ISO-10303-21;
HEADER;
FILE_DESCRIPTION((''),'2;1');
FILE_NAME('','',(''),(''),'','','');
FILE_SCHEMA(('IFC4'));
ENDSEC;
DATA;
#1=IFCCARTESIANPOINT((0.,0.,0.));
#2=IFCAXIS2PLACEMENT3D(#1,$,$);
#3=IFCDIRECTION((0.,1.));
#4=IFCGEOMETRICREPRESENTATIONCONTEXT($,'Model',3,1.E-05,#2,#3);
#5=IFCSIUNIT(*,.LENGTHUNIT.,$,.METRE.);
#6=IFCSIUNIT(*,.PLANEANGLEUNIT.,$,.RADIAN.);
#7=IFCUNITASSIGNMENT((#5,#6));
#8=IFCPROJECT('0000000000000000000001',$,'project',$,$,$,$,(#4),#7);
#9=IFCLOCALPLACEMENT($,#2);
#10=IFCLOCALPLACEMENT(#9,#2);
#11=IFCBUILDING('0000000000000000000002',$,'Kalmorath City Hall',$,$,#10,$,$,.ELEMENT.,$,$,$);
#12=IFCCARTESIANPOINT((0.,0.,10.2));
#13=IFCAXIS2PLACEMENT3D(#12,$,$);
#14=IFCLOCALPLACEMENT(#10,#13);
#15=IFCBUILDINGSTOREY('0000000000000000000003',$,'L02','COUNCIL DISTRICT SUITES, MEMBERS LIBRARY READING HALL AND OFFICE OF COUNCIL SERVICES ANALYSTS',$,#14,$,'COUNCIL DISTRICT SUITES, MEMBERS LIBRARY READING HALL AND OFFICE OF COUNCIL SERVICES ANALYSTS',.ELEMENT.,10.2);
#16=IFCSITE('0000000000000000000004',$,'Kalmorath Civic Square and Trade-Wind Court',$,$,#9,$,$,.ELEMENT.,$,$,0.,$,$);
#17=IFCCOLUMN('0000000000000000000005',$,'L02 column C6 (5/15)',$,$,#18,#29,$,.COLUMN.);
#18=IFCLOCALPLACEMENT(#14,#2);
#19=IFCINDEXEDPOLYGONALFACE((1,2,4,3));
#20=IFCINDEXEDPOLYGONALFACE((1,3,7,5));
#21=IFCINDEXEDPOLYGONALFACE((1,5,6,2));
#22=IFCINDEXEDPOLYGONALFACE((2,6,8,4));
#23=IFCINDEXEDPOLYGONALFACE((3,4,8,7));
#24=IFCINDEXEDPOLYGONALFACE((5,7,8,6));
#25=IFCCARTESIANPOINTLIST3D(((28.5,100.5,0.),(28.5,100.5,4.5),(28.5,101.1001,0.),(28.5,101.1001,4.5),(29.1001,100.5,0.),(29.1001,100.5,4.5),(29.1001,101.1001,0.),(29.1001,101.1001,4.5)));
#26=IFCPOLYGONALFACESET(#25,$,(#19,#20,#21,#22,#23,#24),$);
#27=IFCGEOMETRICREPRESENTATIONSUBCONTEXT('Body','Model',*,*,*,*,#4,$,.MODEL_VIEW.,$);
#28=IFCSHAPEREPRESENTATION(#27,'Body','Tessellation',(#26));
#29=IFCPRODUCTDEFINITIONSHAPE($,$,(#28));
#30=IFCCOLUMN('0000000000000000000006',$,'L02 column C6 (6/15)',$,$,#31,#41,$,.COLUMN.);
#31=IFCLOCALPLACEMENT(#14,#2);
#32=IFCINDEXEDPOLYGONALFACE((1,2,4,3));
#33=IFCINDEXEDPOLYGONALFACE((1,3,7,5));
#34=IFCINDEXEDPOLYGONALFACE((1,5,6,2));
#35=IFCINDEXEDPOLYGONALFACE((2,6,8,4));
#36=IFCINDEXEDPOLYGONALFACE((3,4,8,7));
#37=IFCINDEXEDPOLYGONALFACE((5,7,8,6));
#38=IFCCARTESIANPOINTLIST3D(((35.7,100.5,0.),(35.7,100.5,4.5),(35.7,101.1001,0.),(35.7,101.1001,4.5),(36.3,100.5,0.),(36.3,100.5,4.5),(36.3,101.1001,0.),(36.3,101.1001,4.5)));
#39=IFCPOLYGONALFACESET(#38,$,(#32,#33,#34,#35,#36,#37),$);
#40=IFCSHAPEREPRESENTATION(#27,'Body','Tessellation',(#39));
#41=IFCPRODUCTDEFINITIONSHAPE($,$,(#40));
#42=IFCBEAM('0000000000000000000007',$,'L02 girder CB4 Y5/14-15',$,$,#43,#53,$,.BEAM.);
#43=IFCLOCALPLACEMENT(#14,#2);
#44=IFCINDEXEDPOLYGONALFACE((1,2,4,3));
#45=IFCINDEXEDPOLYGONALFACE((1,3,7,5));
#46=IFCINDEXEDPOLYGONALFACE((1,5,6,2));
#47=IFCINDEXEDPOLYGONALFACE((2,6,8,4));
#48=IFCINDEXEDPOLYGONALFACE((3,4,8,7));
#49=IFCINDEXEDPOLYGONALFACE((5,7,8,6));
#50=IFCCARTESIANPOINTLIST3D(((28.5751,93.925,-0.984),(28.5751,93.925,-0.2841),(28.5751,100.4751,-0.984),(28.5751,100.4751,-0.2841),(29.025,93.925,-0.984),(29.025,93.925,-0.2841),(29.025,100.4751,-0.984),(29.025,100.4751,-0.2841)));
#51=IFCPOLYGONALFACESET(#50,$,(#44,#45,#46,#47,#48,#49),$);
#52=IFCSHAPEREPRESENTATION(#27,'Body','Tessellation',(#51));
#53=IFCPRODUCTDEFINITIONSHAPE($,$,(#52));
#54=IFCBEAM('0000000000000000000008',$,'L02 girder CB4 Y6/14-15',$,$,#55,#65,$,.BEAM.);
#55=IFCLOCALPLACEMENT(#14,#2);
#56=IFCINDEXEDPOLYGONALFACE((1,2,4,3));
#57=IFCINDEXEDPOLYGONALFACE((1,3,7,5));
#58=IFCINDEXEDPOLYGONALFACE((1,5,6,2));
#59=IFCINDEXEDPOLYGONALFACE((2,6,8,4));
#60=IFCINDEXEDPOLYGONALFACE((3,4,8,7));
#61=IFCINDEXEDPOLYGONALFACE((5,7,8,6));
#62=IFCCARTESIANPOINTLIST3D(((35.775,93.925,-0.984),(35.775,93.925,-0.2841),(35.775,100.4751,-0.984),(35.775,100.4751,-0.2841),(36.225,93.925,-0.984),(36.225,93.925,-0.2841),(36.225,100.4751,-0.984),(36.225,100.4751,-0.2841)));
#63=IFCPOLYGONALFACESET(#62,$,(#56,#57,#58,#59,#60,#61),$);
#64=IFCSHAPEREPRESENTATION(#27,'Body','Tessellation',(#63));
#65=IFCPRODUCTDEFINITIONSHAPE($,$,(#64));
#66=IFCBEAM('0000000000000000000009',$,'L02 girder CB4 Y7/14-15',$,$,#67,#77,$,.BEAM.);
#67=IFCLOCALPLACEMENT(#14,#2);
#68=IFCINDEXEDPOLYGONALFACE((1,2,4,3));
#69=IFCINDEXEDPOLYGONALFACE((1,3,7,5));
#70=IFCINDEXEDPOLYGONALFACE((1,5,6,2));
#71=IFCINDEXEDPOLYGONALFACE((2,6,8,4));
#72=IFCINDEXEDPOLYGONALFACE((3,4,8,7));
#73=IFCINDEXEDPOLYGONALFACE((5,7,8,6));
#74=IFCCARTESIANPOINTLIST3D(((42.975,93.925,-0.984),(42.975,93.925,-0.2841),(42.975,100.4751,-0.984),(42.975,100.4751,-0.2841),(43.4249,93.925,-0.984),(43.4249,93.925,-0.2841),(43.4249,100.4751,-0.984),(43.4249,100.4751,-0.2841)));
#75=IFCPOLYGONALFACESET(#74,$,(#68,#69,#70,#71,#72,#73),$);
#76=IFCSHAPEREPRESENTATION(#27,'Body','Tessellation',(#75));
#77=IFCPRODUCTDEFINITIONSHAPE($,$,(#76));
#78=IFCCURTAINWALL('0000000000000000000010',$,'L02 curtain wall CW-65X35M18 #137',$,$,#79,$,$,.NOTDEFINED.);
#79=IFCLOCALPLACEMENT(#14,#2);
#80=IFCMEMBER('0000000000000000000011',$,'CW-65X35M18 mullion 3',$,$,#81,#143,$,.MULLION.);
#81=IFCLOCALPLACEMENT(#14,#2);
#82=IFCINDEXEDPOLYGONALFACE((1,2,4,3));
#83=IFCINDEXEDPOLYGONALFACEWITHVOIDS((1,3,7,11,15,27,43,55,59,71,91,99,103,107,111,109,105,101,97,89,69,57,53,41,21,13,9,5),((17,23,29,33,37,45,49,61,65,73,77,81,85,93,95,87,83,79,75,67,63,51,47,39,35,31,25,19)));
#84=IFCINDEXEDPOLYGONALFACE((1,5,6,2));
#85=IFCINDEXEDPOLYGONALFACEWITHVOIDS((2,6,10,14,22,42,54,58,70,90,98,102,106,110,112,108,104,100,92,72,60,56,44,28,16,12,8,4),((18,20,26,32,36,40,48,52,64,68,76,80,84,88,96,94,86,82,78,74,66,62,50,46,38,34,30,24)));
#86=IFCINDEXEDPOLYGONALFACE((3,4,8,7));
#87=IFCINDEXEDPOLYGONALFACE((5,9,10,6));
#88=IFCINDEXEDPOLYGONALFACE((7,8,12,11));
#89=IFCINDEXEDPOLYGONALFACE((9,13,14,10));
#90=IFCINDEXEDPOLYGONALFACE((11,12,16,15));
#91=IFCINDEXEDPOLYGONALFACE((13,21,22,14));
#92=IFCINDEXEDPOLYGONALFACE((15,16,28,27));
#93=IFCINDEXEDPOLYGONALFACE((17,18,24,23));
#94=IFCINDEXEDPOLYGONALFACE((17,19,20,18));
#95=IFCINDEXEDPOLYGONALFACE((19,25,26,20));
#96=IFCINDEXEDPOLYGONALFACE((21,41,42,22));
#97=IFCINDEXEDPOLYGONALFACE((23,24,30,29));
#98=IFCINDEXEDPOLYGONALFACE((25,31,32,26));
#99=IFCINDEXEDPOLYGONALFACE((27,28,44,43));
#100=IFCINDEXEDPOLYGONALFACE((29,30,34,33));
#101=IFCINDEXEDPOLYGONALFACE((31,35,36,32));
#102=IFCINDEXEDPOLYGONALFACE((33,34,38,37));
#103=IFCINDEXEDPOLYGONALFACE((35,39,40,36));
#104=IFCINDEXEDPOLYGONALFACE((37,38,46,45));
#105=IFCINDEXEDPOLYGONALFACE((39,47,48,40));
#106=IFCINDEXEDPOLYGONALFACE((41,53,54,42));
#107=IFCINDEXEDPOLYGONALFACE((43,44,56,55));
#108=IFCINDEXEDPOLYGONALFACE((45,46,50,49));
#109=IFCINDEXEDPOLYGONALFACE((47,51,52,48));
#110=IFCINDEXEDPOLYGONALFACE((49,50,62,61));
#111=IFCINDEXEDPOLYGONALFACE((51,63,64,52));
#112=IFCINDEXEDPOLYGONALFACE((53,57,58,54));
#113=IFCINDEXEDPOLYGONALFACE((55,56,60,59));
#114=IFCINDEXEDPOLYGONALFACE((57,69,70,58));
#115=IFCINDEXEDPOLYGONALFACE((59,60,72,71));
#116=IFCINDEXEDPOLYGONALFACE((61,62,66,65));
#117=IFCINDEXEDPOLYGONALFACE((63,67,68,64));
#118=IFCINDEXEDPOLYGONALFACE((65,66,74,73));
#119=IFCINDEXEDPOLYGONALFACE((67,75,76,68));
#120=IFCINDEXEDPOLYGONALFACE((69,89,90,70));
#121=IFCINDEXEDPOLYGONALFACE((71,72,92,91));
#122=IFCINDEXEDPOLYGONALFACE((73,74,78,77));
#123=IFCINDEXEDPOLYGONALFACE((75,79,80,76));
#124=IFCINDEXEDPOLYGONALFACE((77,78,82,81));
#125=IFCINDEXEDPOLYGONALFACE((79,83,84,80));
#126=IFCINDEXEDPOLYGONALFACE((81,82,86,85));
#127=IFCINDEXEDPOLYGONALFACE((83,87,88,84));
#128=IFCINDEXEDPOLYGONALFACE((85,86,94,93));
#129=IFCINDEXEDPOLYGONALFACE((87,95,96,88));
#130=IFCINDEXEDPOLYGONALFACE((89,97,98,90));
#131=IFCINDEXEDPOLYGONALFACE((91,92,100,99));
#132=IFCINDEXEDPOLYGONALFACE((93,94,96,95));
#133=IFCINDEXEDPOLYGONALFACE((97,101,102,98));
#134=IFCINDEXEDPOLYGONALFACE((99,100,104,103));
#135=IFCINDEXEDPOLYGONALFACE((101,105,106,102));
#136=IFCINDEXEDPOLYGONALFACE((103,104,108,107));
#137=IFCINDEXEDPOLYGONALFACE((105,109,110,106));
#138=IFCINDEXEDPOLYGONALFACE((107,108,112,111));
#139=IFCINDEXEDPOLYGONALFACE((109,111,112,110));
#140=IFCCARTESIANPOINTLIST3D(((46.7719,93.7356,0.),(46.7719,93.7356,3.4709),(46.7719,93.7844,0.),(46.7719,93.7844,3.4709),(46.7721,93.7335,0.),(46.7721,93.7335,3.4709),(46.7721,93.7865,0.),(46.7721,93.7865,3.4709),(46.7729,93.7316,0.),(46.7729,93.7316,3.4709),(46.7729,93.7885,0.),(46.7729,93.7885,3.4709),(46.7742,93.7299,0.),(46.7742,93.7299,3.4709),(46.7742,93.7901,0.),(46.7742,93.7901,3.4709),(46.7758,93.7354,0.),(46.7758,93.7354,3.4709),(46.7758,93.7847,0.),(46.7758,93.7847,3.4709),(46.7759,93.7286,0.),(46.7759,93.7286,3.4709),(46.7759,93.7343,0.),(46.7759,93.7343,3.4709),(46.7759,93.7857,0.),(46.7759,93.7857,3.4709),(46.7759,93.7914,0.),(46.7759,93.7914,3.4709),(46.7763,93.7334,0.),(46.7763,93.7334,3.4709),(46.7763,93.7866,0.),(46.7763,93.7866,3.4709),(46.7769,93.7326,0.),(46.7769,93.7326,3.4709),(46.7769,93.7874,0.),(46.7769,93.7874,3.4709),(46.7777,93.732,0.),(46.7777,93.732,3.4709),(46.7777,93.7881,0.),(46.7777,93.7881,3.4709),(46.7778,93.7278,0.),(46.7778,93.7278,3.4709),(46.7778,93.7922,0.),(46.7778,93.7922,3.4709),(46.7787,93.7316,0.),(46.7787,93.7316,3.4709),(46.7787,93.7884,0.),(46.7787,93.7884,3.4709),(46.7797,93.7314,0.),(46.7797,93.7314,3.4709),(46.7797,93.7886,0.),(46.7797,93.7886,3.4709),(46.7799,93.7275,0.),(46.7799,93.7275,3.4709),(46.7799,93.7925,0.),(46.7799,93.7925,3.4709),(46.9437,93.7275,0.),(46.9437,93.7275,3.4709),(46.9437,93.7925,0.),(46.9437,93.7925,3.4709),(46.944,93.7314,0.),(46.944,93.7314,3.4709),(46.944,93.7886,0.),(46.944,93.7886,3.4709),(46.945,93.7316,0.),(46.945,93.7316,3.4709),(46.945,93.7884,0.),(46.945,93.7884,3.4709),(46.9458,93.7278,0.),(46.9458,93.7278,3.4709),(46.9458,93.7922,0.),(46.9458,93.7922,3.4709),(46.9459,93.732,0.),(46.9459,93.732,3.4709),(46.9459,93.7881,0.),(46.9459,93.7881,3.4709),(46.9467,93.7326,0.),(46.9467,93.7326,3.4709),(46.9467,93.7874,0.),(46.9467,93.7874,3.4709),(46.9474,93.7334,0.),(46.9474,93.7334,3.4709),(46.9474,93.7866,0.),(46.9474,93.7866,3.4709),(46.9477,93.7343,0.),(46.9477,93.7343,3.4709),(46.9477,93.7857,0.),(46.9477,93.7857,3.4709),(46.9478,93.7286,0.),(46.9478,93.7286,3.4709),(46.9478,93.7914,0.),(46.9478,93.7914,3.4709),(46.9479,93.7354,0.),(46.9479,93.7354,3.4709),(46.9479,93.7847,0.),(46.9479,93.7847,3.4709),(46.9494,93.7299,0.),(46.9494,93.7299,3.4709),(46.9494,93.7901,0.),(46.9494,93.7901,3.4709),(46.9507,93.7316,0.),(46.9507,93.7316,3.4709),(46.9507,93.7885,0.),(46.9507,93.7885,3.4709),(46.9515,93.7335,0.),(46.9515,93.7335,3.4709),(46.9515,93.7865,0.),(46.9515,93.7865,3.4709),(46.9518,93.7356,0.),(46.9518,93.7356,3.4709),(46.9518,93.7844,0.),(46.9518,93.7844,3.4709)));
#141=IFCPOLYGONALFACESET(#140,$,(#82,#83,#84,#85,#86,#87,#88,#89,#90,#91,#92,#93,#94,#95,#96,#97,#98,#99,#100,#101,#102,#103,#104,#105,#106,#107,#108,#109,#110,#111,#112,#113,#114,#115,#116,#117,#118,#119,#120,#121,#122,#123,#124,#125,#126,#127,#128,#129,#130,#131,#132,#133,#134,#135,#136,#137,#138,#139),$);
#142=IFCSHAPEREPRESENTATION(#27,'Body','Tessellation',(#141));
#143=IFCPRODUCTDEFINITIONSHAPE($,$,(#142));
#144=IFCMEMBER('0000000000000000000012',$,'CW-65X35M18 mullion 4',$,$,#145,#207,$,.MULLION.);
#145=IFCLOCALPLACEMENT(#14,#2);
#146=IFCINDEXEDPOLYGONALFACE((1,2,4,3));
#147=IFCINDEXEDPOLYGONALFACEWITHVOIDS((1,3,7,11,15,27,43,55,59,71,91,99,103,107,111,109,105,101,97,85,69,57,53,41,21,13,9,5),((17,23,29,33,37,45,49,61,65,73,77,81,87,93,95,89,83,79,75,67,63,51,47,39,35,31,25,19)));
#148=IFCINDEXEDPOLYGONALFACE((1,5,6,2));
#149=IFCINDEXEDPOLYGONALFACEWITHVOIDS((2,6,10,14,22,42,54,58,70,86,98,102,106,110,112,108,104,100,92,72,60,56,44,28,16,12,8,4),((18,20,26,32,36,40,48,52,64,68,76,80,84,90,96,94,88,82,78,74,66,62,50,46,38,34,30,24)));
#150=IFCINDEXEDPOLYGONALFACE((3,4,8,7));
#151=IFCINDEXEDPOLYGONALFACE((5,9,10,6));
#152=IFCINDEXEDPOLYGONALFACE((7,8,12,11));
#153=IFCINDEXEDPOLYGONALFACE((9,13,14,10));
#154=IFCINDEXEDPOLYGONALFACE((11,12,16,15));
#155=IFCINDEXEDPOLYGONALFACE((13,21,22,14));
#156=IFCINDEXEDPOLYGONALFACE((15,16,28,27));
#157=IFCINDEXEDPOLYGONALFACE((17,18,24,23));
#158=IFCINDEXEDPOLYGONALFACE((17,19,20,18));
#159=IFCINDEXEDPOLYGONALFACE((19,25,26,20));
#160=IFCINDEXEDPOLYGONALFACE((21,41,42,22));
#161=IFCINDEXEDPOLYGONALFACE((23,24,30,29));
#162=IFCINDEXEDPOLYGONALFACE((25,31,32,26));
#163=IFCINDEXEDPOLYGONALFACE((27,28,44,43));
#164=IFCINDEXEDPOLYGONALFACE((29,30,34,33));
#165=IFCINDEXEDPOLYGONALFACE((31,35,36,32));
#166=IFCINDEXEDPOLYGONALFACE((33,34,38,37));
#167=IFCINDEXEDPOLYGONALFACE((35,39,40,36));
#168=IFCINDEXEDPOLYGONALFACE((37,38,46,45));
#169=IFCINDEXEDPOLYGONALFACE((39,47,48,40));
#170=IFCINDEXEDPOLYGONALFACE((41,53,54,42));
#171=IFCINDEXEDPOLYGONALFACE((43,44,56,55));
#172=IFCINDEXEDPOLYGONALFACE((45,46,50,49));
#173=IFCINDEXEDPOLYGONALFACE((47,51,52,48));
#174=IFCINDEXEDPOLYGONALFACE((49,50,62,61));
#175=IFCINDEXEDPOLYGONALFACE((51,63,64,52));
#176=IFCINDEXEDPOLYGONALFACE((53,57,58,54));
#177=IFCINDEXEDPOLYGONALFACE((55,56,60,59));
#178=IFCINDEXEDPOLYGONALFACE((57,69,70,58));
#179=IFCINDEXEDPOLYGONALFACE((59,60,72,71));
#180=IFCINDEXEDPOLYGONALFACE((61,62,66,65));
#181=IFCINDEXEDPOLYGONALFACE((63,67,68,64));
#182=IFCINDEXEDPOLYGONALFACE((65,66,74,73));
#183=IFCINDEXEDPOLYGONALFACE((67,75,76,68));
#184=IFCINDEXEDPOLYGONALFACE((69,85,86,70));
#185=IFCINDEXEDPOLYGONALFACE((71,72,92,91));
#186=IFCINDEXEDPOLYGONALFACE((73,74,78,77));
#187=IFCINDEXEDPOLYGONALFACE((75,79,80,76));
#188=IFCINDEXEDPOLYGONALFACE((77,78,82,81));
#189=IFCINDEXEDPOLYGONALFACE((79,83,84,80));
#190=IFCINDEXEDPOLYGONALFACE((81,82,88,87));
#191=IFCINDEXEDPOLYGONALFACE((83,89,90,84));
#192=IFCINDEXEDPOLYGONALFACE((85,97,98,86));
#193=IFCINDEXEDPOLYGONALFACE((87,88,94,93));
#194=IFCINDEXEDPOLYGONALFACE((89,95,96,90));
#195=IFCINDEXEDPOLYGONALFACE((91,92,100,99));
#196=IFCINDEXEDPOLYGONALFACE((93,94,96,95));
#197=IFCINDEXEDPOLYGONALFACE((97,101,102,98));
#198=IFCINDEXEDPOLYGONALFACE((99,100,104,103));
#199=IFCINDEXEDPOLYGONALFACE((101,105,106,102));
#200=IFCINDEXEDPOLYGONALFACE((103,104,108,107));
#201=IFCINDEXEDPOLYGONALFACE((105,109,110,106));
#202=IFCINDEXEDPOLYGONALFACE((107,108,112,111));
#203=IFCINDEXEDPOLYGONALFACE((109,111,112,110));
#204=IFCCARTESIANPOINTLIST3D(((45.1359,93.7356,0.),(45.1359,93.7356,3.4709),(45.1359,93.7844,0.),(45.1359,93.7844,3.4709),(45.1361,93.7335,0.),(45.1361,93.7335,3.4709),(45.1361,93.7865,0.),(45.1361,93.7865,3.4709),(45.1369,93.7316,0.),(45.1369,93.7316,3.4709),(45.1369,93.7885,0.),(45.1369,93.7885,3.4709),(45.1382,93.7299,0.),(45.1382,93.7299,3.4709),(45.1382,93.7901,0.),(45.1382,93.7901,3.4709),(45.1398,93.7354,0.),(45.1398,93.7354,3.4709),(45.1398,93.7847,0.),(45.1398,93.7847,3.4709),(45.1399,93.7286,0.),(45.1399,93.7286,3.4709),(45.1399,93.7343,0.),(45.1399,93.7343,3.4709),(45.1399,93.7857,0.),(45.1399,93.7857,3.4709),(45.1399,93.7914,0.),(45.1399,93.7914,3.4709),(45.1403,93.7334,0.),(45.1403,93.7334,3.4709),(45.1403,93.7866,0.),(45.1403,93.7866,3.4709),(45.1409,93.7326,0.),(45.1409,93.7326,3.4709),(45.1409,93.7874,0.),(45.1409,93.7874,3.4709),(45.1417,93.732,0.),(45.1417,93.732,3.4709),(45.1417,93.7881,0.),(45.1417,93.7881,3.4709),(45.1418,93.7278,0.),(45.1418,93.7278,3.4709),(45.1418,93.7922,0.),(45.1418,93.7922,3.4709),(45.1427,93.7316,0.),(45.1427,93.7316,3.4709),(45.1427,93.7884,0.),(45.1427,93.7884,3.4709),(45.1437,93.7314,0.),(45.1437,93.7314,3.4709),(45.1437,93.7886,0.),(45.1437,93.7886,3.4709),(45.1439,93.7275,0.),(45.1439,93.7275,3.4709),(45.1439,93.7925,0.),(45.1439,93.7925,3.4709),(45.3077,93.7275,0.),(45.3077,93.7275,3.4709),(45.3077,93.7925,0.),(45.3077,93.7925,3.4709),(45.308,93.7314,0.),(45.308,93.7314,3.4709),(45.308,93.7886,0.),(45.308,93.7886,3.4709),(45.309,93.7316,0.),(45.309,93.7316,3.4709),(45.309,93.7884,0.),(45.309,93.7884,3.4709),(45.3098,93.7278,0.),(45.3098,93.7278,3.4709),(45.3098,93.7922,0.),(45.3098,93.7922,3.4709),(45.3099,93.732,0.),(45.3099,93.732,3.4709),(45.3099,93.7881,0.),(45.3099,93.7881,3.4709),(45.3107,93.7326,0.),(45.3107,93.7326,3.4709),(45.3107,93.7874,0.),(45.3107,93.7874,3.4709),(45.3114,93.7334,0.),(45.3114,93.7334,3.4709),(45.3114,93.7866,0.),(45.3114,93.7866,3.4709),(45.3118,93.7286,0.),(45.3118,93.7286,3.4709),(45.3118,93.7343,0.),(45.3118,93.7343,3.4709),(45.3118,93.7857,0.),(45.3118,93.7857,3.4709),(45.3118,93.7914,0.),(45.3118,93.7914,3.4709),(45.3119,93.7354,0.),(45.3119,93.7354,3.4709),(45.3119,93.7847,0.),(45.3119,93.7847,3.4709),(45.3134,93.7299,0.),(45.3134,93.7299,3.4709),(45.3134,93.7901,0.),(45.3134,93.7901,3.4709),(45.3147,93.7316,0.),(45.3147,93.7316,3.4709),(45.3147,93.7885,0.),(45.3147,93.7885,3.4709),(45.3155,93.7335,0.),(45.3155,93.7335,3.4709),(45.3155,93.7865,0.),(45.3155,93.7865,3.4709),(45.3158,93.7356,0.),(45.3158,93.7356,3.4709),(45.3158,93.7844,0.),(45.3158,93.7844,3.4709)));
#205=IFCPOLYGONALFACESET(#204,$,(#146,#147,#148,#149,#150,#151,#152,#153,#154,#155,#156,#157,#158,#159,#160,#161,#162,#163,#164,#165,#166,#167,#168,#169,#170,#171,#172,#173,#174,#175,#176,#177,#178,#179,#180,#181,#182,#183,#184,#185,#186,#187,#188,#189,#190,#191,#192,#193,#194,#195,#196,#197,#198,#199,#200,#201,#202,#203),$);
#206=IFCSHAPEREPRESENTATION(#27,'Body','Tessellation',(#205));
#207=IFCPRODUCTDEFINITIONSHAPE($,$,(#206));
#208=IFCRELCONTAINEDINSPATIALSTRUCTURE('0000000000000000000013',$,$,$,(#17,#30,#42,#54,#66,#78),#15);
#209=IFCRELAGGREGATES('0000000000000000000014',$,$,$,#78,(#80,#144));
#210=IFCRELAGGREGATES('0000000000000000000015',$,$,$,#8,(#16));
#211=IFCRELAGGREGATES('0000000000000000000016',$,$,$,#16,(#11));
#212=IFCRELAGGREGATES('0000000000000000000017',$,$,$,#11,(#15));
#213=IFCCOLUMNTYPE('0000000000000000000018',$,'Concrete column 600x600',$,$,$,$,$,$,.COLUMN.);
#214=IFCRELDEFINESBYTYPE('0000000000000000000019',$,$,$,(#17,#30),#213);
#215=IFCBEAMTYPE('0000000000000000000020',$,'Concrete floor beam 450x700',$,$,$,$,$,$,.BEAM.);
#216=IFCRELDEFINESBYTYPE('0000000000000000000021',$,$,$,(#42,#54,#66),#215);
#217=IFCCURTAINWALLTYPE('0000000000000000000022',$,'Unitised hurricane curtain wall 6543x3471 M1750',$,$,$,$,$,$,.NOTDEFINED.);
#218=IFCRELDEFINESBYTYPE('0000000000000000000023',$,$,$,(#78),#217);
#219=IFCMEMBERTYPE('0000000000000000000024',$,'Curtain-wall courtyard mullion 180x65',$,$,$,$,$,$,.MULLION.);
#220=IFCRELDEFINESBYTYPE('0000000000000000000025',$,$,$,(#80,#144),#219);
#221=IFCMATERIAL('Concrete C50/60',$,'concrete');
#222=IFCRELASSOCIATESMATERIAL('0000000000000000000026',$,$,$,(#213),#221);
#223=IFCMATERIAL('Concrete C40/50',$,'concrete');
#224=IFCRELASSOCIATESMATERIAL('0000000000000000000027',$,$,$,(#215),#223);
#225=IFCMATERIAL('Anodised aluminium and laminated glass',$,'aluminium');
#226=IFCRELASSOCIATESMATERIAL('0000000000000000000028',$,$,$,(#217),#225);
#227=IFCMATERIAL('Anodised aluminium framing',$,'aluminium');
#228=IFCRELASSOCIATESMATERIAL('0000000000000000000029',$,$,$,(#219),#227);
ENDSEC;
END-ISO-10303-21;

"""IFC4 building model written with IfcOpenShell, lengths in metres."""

from ifc_helpers import new_model, si_unit, direction, frame, origin, origin_2d, place, context, subcontext, project, spatial, rectangle, hollow_rectangle, extrude, material, material_profile, profile_set, type_object, element, aggregate, save


model = new_model("IFC4")

# Units and contexts
model_context = context("Model", 3, precision=1e-05, world=origin(), true_north=direction((0.0, 1.0)))
body_context = subcontext(model_context, "Body", "Model", "MODEL_VIEW")
ifc_project = project(units=[si_unit("LENGTHUNIT", "METRE"), si_unit("PLANEANGLEUNIT", "RADIAN")], contexts=[model_context])

# Site, building, storey
site_placement = place(None, origin())
site = spatial("IfcSite", under=ifc_project, at=site_placement, Name="Kalmorath Civic Square and Trade-Wind Court", CompositionType="ELEMENT", RefElevation=0.0)
building_placement = place(site_placement, origin())
building = spatial("IfcBuilding", under=site, at=building_placement, Name="Kalmorath City Hall", CompositionType="ELEMENT")
storey_placement = place(building_placement, frame((0.0, 0.0, 10.2)))
storey = spatial("IfcBuildingStorey", under=building, at=storey_placement, Name="L02", Description="COUNCIL DISTRICT SUITES, MEMBERS LIBRARY READING HALL AND OFFICE OF COUNCIL SERVICES ANALYSTS", LongName="COUNCIL DISTRICT SUITES, MEMBERS LIBRARY READING HALL AND OFFICE OF COUNCIL SERVICES ANALYSTS", CompositionType="ELEMENT", Elevation=10.2)

# Columns
ifc_material_1 = material(Name="Concrete C50/60", Category="concrete")
ifc_material_profile_1 = material_profile(ifc_material_1, rectangle(XDim=0.6001, YDim=0.6001, at=origin_2d()), Name="RC-COL-600X600")
ifc_profile_set_1 = profile_set([ifc_material_profile_1], Name="Concrete C50/60")
column_type = type_object("IfcColumnType", Name="Concrete column 600x600", PredefinedType="COLUMN", material=ifc_profile_set_1)
for number, where, z_axis, x_axis, name in (
    (1, (28.8, 100.8, 0.0), (0.0, 0.0, 1.0), (1.0, 0.0, 0.0), "L02 column C6 (5/15)"),
    (2, (36.0, 100.8, 0.0), (0.0, 0.0, 1.0), (1.0, 0.0, 0.0), "L02 column C6 (6/15)"),
):
    element("IfcColumn", number, at=place(storey_placement, frame(where, z_axis=z_axis, x_axis=x_axis)), inside=storey, type_object=column_type, Name=name, PredefinedType="COLUMN", context=body_context, shape_type="SweptSolid", body=[
        extrude(rectangle(XDim=0.6001, YDim=0.6001, at=origin_2d()), origin(), (0.0, 0.0, 1.0), 4.5),
    ])

# Beams
ifc_material_2 = material(Name="Concrete C40/50", Category="concrete")
ifc_material_profile_2 = material_profile(ifc_material_2, rectangle(XDim=0.45, YDim=0.7, at=origin_2d()), Name="RC-BM-450X700")
ifc_profile_set_2 = profile_set([ifc_material_profile_2], Name="Concrete C40/50")
beam_type_1 = type_object("IfcBeamType", Name="Concrete floor beam 450x700", PredefinedType="BEAM", material=ifc_profile_set_2)
for number, where, z_axis, x_axis, name in (
    (3, (28.8, 93.925, -0.634), (0.0, 1.0, 0.0), (-1.0, 0.0, 0.0), "L02 girder CB4 Y5/14-15"),
    (4, (36.0, 93.925, -0.634), (0.0, 1.0, 0.0), (-1.0, 0.0, 0.0), "L02 girder CB4 Y6/14-15"),
    (5, (43.2, 93.925, -0.634), (0.0, 1.0, 0.0), (-1.0, 0.0, 0.0), "L02 girder CB4 Y7/14-15"),
):
    element("IfcBeam", number, at=place(storey_placement, frame(where, z_axis=z_axis, x_axis=x_axis)), inside=storey, type_object=beam_type_1, Name=name, PredefinedType="BEAM", context=body_context, shape_type="SweptSolid", body=[
        extrude(rectangle(XDim=0.45, YDim=0.7, at=origin_2d()), origin(), (0.0, 0.0, 1.0), 6.55),
    ])

# Curtain wall, members
ifc_material_3 = material(Name="Anodised aluminium and laminated glass", Category="aluminium")
curtain_wall_type_1 = type_object("IfcCurtainWallType", Name="Unitised hurricane curtain wall 6543x3471 M1750", PredefinedType="NOTDEFINED", material=ifc_material_3)
curtain_wall_1_placement = place(storey_placement, origin())
curtain_wall_1 = element("IfcCurtainWall", 6, at=curtain_wall_1_placement, inside=storey, type_object=curtain_wall_type_1, Name="L02 curtain wall CW-65X35M18 #137", PredefinedType="NOTDEFINED")
ifc_material_4 = material(Name="Anodised aluminium framing", Category="aluminium")
ifc_material_profile_3 = material_profile(ifc_material_4, hollow_rectangle(XDim=0.0649, YDim=0.1799, WallThickness=0.0039, InnerFilletRadius=0.0039, OuterFilletRadius=0.0081, at=origin_2d()), Name="ALU-MUL-180X65X4")
ifc_profile_set_3 = profile_set([ifc_material_profile_3], Name="Anodised aluminium framing")
member_type_1 = type_object("IfcMemberType", Name="Curtain-wall courtyard mullion 180x65", PredefinedType="MULLION", material=ifc_profile_set_3)
member_1_placement = place(storey_placement, frame((46.8618, 93.76, 0.0), z_axis=(0.0, 0.0, 1.0), x_axis=(0.0, -1.0, 0.0)))
member_1 = element("IfcMember", 7, at=member_1_placement, type_object=member_type_1, Name="CW-65X35M18 mullion 3", PredefinedType="MULLION", context=body_context, shape_type="SweptSolid", body=[
    extrude(hollow_rectangle(XDim=0.0649, YDim=0.1799, WallThickness=0.0039, InnerFilletRadius=0.0039, OuterFilletRadius=0.0081, at=origin_2d()), origin(), (0.0, 0.0, 1.0), 3.4709),
])
member_2_placement = place(storey_placement, frame((45.2258, 93.76, 0.0), z_axis=(0.0, 0.0, 1.0), x_axis=(0.0, -1.0, 0.0)))
member_2 = element("IfcMember", 8, at=member_2_placement, type_object=member_type_1, Name="CW-65X35M18 mullion 4", PredefinedType="MULLION", context=body_context, shape_type="SweptSolid", body=[
    extrude(hollow_rectangle(XDim=0.0649, YDim=0.1799, WallThickness=0.0039, InnerFilletRadius=0.0039, OuterFilletRadius=0.0081, at=origin_2d()), origin(), (0.0, 0.0, 1.0), 3.4709),
])

aggregate(curtain_wall_1, [member_1, member_2])

save(model, "model.ifc")
